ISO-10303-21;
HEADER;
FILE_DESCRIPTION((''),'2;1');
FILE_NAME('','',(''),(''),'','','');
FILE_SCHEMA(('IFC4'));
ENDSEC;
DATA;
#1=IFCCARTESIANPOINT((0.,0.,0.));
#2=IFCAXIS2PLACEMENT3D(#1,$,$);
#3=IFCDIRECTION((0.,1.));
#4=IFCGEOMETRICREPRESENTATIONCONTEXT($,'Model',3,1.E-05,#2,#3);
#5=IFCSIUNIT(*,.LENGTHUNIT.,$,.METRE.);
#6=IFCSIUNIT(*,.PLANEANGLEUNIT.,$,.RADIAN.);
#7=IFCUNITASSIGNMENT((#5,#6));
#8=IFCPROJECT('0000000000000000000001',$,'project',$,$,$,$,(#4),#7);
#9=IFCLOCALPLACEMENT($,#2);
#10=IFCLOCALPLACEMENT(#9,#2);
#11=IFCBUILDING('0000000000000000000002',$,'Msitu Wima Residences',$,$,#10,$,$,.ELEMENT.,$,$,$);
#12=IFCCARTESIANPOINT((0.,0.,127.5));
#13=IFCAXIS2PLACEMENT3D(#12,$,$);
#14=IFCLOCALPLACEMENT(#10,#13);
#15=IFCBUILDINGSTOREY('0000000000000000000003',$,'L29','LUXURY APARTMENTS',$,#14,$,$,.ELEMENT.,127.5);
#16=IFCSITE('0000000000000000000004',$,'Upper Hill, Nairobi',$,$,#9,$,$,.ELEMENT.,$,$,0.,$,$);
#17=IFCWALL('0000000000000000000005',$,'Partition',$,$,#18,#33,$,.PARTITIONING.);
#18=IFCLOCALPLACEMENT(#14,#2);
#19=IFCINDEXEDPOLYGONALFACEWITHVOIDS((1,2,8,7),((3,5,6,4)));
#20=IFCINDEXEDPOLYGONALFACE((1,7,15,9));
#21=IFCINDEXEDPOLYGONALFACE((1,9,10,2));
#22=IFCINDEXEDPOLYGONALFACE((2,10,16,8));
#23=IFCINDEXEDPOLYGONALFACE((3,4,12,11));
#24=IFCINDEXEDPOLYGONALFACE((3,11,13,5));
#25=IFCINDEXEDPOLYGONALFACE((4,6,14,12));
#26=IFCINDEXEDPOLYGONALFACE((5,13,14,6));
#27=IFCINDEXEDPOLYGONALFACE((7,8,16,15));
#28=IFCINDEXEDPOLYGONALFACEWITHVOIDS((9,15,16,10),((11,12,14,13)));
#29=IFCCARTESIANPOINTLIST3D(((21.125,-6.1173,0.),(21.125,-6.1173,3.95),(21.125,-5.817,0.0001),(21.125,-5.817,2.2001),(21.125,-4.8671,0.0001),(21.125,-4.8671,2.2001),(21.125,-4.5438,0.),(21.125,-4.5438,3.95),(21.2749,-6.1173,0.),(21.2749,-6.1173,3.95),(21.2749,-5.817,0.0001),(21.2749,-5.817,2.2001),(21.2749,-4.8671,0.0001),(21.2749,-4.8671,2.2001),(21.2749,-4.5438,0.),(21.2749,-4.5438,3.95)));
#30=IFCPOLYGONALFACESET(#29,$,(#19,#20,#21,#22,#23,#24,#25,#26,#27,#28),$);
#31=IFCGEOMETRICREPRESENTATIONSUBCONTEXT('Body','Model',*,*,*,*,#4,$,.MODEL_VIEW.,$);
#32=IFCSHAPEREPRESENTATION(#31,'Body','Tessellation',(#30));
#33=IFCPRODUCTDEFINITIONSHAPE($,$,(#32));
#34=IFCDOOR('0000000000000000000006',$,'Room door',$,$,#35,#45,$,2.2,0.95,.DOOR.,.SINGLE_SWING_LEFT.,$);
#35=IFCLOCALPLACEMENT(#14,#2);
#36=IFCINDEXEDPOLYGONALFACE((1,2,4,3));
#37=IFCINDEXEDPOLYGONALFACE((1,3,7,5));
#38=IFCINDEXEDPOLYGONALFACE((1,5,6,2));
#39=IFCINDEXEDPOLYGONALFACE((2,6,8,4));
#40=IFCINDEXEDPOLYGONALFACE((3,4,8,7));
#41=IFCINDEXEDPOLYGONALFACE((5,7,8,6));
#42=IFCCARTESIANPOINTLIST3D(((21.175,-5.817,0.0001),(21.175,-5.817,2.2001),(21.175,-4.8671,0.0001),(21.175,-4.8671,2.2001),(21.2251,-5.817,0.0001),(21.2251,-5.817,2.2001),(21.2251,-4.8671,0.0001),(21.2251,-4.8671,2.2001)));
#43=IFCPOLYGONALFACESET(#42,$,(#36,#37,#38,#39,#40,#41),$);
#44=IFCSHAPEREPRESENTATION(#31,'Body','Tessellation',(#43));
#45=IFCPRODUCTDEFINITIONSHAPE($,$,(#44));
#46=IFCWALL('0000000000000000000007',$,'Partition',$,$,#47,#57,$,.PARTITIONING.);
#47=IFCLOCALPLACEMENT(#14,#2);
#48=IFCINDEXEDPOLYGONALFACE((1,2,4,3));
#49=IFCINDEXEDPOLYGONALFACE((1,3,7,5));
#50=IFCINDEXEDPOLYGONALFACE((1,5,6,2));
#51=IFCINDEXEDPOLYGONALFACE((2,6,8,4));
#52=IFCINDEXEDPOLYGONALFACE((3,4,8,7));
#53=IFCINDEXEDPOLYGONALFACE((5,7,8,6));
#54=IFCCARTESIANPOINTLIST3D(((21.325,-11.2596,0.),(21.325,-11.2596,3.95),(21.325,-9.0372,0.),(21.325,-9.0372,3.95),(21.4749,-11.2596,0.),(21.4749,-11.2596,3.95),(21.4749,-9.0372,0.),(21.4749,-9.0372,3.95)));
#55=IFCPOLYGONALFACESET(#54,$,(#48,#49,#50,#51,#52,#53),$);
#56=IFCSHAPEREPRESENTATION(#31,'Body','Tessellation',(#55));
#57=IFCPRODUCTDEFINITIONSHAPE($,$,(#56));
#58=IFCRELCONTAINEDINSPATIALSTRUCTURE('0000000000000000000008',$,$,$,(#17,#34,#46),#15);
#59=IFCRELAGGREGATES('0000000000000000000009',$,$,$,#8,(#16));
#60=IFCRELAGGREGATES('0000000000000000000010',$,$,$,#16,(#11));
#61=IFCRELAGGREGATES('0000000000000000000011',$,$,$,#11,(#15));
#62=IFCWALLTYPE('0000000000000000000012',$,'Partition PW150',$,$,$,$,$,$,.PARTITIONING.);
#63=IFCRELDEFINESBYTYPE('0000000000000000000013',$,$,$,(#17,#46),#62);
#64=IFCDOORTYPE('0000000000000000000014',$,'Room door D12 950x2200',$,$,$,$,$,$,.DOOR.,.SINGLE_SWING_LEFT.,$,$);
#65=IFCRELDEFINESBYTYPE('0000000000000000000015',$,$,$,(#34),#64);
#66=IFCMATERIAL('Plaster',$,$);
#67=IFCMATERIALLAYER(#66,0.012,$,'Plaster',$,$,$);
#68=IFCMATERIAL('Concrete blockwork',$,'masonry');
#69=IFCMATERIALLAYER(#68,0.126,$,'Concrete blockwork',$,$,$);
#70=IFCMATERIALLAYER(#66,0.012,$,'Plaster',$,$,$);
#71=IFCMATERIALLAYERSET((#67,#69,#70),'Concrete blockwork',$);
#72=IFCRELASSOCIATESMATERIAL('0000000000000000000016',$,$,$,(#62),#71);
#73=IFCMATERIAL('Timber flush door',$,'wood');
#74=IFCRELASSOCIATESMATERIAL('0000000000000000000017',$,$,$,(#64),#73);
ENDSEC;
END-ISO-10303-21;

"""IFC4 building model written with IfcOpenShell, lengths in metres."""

from ifc_helpers import new_model, si_unit, direction, frame, frame_2d, origin, place, context, subcontext, project, spatial, rectangle, extrude, material, layer, layer_set, type_object, element, fill, save


model = new_model("IFC4")

# Units and contexts
model_context = context("Model", 3, precision=1e-05, world=origin(), true_north=direction((0.0, 1.0)))
body_context = subcontext(model_context, "Body", "Model", "MODEL_VIEW")
ifc_project = project(units=[si_unit("LENGTHUNIT", "METRE"), si_unit("PLANEANGLEUNIT", "RADIAN")], contexts=[model_context])

# Site, building, storey
site_placement = place(None, origin())
site = spatial("IfcSite", under=ifc_project, at=site_placement, Name="Upper Hill, Nairobi", CompositionType="ELEMENT", RefElevation=0.0)
building_placement = place(site_placement, origin())
building = spatial("IfcBuilding", under=site, at=building_placement, Name="Msitu Wima Residences", CompositionType="ELEMENT")
storey_placement = place(building_placement, frame((0.0, 0.0, 127.5)))
storey = spatial("IfcBuildingStorey", under=building, at=storey_placement, Name="L29", Description="LUXURY APARTMENTS", CompositionType="ELEMENT", Elevation=127.5)

# Wall, opening, door
ifc_material_1 = material(Name="Plaster")
ifc_layer_1 = layer(ifc_material_1, 0.012, Name="Plaster")
ifc_material_2 = material(Name="Concrete blockwork", Category="masonry")
ifc_layer_2 = layer(ifc_material_2, 0.126, Name="Concrete blockwork")
ifc_layer_3 = layer(ifc_material_1, 0.012, Name="Plaster")
ifc_layer_set_1 = layer_set([ifc_layer_1, ifc_layer_2, ifc_layer_3], Name="Concrete blockwork")
wall_type_1 = type_object("IfcWallType", Name="Partition PW150", PredefinedType="PARTITIONING", material=ifc_layer_set_1)
wall_1_placement = place(storey_placement, frame((21.2, -6.1172, 0.0), z_axis=(0.0, 0.0, 1.0), x_axis=(0.0, 1.0, 0.0)))
wall_1 = element("IfcWall", 1, at=wall_1_placement, inside=storey, type_object=wall_type_1, Name="Partition", PredefinedType="PARTITIONING", context=body_context, shape_type="SweptSolid", body=[
    extrude(rectangle(XDim=1.5735, YDim=0.1499, at=frame_2d((0.7866, 0.0))), origin(), (0.0, 0.0, 1.0), 3.95),
])
opening_1_placement = place(wall_1_placement, frame((0.3, 0.0, 0.0)))
opening_1 = element("IfcOpeningElement", 2, at=opening_1_placement, cuts=wall_1, PredefinedType="OPENING", context=body_context, shape_type="SweptSolid", body=[
    extrude(rectangle(XDim=0.95, YDim=2.2, at=frame_2d((0.4751, 1.1001))), frame((0.0, 0.085, 0.0), z_axis=(0.0, -1.0, 0.0), x_axis=(1.0, 0.0, 0.0)), (0.0, 0.0, 1.0), 0.1699),
])
ifc_material_3 = material(Name="Timber flush door", Category="wood")
door_type = type_object("IfcDoorType", Name="Room door D12 950x2200", OperationType="SINGLE_SWING_LEFT", PredefinedType="DOOR", material=ifc_material_3)
door_placement = place(opening_1_placement, origin())
door = element("IfcDoor", 3, at=door_placement, inside=storey, type_object=door_type, Name="Room door", OperationType="SINGLE_SWING_LEFT", OverallHeight=2.2, OverallWidth=0.95, PredefinedType="DOOR", context=body_context, shape_type="SweptSolid", body=[
    extrude(rectangle(XDim=0.95, YDim=2.2, at=frame_2d((0.4751, 1.1001))), frame((0.0, 0.0249, 0.0), z_axis=(0.0, -1.0, 0.0), x_axis=(1.0, 0.0, 0.0)), (0.0, 0.0, 1.0), 0.05),
])
fill(opening_1, door)

# Wall
wall_2_placement = place(storey_placement, frame((21.3999, -11.2598, 0.0), z_axis=(0.0, 0.0, 1.0), x_axis=(0.0, 1.0, 0.0)))
element("IfcWall", 4, at=wall_2_placement, inside=storey, type_object=wall_type_1, Name="Partition", PredefinedType="PARTITIONING", context=body_context, shape_type="SweptSolid", body=[
    extrude(rectangle(XDim=2.2224, YDim=0.1499, at=frame_2d((1.1113, 0.0))), origin(), (0.0, 0.0, 1.0), 3.95),
])

save(model, "model.ifc")
